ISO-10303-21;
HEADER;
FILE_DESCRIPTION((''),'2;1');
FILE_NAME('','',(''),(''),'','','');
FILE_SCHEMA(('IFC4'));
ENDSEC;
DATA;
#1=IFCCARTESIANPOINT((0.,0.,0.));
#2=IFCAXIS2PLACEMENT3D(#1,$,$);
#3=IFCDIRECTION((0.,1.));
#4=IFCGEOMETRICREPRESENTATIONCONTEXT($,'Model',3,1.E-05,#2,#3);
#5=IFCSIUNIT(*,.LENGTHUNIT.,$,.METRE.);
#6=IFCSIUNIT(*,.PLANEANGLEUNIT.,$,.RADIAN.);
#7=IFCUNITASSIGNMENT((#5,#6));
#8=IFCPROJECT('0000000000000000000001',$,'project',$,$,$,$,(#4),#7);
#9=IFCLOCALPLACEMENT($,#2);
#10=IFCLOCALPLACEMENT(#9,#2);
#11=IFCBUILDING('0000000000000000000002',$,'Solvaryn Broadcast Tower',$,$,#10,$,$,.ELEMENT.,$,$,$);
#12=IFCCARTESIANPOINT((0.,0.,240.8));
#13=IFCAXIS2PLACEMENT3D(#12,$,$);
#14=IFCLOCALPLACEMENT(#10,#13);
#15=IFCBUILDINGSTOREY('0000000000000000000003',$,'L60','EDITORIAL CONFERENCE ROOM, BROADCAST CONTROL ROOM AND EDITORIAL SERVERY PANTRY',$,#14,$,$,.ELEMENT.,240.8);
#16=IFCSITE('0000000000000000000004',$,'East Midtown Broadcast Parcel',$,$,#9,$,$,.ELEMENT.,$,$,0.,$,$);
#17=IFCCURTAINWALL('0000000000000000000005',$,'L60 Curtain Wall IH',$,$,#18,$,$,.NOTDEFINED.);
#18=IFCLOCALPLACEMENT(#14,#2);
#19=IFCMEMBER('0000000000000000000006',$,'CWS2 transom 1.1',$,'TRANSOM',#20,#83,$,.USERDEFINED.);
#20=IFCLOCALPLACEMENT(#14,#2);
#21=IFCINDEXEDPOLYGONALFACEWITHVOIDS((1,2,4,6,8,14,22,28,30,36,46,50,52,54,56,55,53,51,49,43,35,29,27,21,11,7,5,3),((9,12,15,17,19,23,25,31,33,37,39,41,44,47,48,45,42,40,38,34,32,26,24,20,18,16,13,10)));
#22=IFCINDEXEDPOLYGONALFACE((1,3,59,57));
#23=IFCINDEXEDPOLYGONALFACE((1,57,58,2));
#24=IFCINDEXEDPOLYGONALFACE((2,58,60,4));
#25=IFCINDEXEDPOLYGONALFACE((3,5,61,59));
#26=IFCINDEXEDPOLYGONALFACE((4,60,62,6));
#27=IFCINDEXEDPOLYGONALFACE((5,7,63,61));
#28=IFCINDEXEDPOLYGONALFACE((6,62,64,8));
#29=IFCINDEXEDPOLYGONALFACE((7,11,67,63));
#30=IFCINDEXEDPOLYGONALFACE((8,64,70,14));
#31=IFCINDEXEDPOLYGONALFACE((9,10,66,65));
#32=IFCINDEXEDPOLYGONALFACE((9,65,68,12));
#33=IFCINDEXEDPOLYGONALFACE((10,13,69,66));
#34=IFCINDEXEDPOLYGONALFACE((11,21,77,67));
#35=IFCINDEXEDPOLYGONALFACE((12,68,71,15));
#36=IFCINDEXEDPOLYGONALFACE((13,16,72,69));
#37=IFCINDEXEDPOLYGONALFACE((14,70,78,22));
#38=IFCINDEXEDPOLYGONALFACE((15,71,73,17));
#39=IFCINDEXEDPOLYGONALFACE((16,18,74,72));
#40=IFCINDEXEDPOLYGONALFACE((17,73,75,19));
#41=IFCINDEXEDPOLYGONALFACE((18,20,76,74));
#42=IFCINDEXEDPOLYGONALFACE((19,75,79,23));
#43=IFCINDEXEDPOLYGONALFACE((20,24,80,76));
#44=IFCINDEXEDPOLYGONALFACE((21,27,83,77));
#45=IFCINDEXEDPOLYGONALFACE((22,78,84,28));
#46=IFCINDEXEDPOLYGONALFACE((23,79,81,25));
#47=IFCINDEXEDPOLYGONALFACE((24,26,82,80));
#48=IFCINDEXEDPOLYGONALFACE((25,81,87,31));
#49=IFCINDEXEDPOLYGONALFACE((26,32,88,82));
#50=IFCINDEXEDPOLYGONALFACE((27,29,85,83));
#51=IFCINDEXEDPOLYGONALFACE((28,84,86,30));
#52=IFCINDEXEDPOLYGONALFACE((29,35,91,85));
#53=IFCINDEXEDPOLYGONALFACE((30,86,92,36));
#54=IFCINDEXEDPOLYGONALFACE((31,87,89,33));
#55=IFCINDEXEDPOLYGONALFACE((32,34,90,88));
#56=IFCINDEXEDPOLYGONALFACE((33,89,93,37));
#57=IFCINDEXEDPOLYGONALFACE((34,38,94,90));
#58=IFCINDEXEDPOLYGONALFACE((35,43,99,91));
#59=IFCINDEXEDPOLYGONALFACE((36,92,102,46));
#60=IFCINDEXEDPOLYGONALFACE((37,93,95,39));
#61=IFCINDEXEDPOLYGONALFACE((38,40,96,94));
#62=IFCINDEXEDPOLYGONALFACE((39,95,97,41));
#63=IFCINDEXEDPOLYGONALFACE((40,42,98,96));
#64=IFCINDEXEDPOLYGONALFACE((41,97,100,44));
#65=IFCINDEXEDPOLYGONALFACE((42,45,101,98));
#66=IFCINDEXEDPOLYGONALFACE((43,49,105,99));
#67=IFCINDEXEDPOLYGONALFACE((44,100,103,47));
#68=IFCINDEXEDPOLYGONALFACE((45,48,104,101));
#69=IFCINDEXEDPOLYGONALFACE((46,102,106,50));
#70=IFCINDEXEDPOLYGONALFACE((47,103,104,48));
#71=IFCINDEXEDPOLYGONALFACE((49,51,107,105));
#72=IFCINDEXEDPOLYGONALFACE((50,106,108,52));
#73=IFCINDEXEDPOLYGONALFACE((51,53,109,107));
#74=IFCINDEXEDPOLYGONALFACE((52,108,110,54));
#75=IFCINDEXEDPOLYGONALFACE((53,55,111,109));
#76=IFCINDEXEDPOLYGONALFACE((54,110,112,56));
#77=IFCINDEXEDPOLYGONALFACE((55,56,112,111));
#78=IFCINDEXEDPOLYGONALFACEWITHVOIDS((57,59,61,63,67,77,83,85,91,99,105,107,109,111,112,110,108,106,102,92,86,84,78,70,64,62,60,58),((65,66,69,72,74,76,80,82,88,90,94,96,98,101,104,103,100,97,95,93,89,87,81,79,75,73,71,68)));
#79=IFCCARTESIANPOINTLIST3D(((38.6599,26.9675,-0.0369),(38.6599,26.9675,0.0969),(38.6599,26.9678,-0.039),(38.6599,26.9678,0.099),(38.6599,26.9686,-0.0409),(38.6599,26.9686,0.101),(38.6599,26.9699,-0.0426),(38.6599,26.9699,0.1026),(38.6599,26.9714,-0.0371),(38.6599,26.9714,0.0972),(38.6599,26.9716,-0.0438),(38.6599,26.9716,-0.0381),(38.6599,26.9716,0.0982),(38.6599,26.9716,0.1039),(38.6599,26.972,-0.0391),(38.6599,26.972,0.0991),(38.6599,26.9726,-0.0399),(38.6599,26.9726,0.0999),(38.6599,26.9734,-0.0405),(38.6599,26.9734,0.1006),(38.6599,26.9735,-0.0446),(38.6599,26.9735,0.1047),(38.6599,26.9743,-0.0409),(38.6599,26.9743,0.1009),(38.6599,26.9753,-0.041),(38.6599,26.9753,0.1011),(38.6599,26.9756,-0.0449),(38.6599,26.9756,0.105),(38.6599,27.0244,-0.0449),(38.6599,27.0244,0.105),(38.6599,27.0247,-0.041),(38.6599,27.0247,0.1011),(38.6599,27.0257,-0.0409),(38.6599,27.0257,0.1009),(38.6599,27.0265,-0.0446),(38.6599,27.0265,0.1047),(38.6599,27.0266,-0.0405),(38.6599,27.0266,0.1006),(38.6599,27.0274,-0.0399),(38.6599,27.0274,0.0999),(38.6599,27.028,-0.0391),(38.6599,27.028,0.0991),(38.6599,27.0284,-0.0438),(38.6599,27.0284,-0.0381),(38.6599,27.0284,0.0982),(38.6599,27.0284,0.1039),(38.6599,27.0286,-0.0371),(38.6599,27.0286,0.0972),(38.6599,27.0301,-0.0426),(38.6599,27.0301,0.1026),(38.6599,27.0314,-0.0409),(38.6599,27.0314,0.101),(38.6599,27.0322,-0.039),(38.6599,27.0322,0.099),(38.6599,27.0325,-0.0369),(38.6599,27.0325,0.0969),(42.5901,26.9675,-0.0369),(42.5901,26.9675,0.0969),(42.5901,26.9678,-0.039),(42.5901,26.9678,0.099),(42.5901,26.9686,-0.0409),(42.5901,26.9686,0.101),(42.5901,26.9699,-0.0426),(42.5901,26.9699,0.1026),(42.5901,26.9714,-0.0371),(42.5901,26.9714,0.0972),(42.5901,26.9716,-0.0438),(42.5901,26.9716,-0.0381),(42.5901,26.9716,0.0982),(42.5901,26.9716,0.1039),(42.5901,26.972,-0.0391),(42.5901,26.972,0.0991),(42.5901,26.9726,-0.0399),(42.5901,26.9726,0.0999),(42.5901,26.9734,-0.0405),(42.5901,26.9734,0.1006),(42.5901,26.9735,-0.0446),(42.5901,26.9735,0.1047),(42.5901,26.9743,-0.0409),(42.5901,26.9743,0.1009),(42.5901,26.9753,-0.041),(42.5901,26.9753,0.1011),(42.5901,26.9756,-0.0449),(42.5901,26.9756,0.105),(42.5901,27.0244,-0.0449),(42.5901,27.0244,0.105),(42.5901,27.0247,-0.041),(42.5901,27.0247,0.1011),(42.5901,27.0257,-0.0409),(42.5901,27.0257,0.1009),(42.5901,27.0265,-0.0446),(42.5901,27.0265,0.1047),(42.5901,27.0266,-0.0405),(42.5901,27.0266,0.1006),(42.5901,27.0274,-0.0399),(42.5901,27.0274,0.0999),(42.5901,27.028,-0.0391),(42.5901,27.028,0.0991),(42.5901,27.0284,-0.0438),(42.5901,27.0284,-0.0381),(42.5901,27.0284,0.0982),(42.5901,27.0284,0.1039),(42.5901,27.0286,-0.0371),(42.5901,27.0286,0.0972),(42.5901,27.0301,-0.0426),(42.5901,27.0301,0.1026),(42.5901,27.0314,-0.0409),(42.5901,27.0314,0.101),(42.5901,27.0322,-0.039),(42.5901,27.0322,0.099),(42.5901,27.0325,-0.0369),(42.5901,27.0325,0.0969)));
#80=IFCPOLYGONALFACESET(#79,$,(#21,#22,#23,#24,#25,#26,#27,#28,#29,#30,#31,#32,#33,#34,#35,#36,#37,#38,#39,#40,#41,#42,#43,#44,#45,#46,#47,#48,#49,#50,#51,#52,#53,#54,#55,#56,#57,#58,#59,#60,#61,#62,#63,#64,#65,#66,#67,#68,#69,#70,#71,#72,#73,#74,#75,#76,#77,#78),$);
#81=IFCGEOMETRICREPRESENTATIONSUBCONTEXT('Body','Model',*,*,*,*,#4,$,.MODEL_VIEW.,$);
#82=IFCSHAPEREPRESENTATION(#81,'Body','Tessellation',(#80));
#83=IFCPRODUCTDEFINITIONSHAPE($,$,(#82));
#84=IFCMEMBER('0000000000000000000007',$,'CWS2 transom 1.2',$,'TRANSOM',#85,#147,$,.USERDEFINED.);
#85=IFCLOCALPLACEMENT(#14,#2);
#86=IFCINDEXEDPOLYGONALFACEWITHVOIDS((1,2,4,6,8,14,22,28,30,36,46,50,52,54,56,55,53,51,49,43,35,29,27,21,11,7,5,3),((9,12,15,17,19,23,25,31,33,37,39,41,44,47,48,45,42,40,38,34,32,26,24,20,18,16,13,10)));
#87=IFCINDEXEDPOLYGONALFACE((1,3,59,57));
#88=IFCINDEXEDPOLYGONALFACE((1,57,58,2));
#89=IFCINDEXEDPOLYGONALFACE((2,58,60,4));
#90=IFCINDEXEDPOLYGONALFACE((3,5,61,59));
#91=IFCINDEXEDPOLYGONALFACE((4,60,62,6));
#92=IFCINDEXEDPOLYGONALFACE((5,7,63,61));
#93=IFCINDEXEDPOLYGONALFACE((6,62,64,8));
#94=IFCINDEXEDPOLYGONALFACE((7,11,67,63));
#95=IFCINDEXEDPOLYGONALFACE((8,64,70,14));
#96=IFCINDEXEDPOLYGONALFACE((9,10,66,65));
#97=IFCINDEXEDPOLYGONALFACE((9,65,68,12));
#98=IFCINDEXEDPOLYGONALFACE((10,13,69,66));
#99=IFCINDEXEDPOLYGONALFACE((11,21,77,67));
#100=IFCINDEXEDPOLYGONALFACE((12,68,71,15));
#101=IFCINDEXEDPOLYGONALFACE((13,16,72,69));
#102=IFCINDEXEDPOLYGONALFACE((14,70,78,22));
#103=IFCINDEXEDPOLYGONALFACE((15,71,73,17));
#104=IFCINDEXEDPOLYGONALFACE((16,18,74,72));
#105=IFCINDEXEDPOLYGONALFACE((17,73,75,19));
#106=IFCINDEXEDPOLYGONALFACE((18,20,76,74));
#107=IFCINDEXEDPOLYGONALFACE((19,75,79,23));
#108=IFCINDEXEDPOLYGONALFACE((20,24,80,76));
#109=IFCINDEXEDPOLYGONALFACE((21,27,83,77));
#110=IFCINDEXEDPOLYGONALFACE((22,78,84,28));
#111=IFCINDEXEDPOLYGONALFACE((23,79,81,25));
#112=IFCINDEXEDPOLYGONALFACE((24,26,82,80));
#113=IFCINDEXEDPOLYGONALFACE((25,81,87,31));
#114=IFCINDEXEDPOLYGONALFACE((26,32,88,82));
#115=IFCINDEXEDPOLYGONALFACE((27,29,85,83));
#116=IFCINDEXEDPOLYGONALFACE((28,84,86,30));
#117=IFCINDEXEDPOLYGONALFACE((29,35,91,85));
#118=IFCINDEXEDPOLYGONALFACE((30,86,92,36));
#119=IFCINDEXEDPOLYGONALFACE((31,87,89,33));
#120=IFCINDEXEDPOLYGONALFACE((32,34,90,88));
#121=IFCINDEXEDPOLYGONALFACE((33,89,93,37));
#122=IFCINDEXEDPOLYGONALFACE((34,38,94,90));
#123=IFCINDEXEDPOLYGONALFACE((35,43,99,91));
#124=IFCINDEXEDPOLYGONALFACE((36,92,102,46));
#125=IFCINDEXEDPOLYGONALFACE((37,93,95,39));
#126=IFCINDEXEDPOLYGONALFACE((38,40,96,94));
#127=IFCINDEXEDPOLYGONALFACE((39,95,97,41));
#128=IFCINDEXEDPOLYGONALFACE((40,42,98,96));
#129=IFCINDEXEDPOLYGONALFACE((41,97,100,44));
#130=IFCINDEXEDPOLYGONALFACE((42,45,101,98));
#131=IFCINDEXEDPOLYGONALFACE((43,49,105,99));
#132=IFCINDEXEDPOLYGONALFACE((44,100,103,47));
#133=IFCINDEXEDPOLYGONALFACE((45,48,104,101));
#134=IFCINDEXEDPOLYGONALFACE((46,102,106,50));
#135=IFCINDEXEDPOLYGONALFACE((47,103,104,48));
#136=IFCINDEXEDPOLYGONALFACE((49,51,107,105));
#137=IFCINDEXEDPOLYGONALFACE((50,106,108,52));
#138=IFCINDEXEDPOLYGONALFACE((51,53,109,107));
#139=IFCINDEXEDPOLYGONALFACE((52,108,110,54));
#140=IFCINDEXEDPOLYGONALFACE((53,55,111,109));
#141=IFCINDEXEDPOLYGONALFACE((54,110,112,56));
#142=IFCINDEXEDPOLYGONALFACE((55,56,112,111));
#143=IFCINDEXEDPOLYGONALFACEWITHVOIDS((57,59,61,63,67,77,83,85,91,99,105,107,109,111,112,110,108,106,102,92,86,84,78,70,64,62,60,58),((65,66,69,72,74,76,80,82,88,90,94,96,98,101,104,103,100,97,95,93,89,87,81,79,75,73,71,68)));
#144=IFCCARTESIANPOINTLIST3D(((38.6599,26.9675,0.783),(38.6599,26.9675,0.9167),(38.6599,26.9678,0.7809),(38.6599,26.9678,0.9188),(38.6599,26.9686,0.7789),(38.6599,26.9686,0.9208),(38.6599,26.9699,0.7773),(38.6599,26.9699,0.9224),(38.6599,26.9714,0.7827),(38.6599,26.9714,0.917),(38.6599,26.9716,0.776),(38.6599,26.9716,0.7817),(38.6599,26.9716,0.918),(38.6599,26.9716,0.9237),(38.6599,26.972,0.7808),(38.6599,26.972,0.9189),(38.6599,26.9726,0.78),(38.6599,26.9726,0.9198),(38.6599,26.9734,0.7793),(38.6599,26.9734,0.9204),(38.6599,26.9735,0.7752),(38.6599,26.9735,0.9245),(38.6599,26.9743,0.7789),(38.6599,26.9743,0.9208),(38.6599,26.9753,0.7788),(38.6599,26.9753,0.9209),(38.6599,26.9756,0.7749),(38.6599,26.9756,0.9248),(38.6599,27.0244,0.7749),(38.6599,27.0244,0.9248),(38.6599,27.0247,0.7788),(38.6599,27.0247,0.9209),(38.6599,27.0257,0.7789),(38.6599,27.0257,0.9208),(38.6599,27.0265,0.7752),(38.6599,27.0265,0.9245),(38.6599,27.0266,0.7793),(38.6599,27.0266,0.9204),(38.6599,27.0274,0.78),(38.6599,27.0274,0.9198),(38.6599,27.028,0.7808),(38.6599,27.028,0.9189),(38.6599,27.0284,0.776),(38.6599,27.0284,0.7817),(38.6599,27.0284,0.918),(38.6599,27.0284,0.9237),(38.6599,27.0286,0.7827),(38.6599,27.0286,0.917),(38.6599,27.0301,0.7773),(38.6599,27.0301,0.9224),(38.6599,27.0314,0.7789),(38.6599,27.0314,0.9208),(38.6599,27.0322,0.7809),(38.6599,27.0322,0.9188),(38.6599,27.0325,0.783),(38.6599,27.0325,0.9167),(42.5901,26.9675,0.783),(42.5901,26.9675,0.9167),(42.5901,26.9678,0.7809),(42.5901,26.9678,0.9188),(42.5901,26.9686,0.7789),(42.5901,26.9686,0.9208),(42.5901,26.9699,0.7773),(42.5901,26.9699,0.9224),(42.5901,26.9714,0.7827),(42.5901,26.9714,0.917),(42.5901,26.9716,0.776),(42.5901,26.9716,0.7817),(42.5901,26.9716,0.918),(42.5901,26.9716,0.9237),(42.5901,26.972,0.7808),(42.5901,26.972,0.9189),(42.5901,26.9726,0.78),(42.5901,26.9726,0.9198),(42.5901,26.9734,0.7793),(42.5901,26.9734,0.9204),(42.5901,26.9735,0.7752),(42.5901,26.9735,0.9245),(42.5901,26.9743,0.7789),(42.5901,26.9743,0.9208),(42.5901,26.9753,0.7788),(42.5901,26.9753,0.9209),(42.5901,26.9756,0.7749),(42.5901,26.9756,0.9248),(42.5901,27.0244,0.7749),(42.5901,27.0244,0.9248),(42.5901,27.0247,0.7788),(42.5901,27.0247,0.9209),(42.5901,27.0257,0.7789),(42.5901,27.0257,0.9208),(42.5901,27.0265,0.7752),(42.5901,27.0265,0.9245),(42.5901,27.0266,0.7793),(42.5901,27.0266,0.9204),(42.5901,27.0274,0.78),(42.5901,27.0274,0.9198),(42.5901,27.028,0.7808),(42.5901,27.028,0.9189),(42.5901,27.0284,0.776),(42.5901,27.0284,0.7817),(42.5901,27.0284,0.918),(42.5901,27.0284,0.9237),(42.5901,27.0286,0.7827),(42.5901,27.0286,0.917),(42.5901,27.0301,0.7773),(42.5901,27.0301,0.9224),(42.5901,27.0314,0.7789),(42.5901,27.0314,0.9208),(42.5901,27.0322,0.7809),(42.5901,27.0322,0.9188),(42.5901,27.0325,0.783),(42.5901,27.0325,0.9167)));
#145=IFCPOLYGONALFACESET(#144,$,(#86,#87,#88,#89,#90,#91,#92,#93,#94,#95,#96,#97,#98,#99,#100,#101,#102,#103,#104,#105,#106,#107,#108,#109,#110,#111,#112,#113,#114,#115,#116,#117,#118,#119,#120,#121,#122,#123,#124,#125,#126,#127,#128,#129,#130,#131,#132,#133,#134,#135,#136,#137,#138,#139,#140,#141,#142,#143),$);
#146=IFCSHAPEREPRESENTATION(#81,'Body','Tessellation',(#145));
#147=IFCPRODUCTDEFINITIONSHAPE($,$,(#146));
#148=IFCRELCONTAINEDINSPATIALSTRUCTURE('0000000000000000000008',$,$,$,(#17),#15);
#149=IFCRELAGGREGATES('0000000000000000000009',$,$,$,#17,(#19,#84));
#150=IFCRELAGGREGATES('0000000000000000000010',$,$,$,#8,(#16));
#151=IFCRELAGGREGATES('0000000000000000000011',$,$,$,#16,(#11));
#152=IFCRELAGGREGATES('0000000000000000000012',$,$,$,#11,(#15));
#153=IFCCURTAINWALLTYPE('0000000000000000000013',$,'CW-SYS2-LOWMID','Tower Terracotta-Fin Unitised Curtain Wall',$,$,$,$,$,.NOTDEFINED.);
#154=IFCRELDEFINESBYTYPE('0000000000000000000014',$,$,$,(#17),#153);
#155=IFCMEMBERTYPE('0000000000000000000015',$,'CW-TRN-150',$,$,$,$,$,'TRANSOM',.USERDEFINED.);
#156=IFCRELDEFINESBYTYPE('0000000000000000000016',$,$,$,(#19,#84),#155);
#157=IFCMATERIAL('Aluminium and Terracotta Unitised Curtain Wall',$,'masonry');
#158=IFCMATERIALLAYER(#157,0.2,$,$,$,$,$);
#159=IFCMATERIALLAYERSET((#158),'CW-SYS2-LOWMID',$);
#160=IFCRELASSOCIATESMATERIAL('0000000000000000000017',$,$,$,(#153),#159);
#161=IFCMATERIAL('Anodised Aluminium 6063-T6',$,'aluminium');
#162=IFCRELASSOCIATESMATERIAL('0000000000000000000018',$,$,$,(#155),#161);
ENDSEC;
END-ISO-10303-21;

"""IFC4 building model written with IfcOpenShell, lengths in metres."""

from ifc_helpers import new_model, si_unit, direction, frame, origin, origin_2d, place, context, subcontext, project, spatial, hollow_rectangle, extrude, material, layer, layer_set, material_profile, profile_set, type_object, element, aggregate, save


model = new_model("IFC4")

# Units and contexts
model_context = context("Model", 3, precision=1e-05, world=origin(), true_north=direction((0.0, 1.0)))
body_context = subcontext(model_context, "Body", "Model", "MODEL_VIEW")
ifc_project = project(units=[si_unit("LENGTHUNIT", "METRE"), si_unit("PLANEANGLEUNIT", "RADIAN")], contexts=[model_context])

# Site, building, storey
site_placement = place(None, origin())
site = spatial("IfcSite", under=ifc_project, at=site_placement, Name="East Midtown Broadcast Parcel", CompositionType="ELEMENT", RefElevation=0.0)
building_placement = place(site_placement, origin())
building = spatial("IfcBuilding", under=site, at=building_placement, Name="Solvaryn Broadcast Tower", CompositionType="ELEMENT")
storey_placement = place(building_placement, frame((0.0, 0.0, 240.8)))
storey = spatial("IfcBuildingStorey", under=building, at=storey_placement, Name="L60", Description="EDITORIAL CONFERENCE ROOM, BROADCAST CONTROL ROOM AND EDITORIAL SERVERY PANTRY", CompositionType="ELEMENT", Elevation=240.8)

# Shared definitions
ifc_material_1 = material(Name="Aluminium and Terracotta Unitised Curtain Wall", Category="masonry")
ifc_layer_1 = layer(ifc_material_1, 0.2)
ifc_layer_set_1 = layer_set([ifc_layer_1], Name="CW-SYS2-LOWMID")
curtain_wall_type = type_object("IfcCurtainWallType", Name="CW-SYS2-LOWMID", Description="Tower Terracotta-Fin Unitised Curtain Wall", PredefinedType="NOTDEFINED", material=ifc_layer_set_1)

# Curtain wall
curtain_wall_1_placement = place(storey_placement, origin())
curtain_wall_1 = element("IfcCurtainWall", 1, at=curtain_wall_1_placement, inside=storey, type_object=curtain_wall_type, Name="L60 Curtain Wall IH", PredefinedType="NOTDEFINED")

# Members
ifc_material_2 = material(Name="Anodised Aluminium 6063-T6", Category="aluminium")
ifc_material_profile_1 = material_profile(ifc_material_2, hollow_rectangle(XDim=0.0649, YDim=0.1499, WallThickness=0.0039, InnerFilletRadius=0.0039, OuterFilletRadius=0.0081, at=origin_2d()))
ifc_profile_set_1 = profile_set([ifc_material_profile_1], Name="Anodised Aluminium 6063-T6")
member_type_1 = type_object("IfcMemberType", Name="CW-TRN-150", ElementType="TRANSOM", PredefinedType="USERDEFINED", material=ifc_profile_set_1)
member_1_placement = place(storey_placement, frame((38.6599, 27.0, 0.03), z_axis=(1.0, 0.0, 0.0), x_axis=(0.0, 1.0, 0.0)))
member_1 = element("IfcMember", 2, at=member_1_placement, type_object=member_type_1, Name="CWS2 transom 1.1", ObjectType="TRANSOM", PredefinedType="USERDEFINED", context=body_context, shape_type="SweptSolid", body=[
    extrude(hollow_rectangle(XDim=0.0649, YDim=0.1499, WallThickness=0.0039, InnerFilletRadius=0.0039, OuterFilletRadius=0.0081, at=origin_2d()), origin(), (0.0, 0.0, 1.0), 3.9302),
])
member_2_placement = place(storey_placement, frame((38.6599, 27.0, 0.8499), z_axis=(1.0, 0.0, 0.0), x_axis=(0.0, 1.0, 0.0)))
member_2 = element("IfcMember", 3, at=member_2_placement, type_object=member_type_1, Name="CWS2 transom 1.2", ObjectType="TRANSOM", PredefinedType="USERDEFINED", context=body_context, shape_type="SweptSolid", body=[
    extrude(hollow_rectangle(XDim=0.0649, YDim=0.1499, WallThickness=0.0039, InnerFilletRadius=0.0039, OuterFilletRadius=0.0081, at=origin_2d()), origin(), (0.0, 0.0, 1.0), 3.9302),
])

aggregate(curtain_wall_1, [member_1, member_2])

save(model, "model.ifc")
